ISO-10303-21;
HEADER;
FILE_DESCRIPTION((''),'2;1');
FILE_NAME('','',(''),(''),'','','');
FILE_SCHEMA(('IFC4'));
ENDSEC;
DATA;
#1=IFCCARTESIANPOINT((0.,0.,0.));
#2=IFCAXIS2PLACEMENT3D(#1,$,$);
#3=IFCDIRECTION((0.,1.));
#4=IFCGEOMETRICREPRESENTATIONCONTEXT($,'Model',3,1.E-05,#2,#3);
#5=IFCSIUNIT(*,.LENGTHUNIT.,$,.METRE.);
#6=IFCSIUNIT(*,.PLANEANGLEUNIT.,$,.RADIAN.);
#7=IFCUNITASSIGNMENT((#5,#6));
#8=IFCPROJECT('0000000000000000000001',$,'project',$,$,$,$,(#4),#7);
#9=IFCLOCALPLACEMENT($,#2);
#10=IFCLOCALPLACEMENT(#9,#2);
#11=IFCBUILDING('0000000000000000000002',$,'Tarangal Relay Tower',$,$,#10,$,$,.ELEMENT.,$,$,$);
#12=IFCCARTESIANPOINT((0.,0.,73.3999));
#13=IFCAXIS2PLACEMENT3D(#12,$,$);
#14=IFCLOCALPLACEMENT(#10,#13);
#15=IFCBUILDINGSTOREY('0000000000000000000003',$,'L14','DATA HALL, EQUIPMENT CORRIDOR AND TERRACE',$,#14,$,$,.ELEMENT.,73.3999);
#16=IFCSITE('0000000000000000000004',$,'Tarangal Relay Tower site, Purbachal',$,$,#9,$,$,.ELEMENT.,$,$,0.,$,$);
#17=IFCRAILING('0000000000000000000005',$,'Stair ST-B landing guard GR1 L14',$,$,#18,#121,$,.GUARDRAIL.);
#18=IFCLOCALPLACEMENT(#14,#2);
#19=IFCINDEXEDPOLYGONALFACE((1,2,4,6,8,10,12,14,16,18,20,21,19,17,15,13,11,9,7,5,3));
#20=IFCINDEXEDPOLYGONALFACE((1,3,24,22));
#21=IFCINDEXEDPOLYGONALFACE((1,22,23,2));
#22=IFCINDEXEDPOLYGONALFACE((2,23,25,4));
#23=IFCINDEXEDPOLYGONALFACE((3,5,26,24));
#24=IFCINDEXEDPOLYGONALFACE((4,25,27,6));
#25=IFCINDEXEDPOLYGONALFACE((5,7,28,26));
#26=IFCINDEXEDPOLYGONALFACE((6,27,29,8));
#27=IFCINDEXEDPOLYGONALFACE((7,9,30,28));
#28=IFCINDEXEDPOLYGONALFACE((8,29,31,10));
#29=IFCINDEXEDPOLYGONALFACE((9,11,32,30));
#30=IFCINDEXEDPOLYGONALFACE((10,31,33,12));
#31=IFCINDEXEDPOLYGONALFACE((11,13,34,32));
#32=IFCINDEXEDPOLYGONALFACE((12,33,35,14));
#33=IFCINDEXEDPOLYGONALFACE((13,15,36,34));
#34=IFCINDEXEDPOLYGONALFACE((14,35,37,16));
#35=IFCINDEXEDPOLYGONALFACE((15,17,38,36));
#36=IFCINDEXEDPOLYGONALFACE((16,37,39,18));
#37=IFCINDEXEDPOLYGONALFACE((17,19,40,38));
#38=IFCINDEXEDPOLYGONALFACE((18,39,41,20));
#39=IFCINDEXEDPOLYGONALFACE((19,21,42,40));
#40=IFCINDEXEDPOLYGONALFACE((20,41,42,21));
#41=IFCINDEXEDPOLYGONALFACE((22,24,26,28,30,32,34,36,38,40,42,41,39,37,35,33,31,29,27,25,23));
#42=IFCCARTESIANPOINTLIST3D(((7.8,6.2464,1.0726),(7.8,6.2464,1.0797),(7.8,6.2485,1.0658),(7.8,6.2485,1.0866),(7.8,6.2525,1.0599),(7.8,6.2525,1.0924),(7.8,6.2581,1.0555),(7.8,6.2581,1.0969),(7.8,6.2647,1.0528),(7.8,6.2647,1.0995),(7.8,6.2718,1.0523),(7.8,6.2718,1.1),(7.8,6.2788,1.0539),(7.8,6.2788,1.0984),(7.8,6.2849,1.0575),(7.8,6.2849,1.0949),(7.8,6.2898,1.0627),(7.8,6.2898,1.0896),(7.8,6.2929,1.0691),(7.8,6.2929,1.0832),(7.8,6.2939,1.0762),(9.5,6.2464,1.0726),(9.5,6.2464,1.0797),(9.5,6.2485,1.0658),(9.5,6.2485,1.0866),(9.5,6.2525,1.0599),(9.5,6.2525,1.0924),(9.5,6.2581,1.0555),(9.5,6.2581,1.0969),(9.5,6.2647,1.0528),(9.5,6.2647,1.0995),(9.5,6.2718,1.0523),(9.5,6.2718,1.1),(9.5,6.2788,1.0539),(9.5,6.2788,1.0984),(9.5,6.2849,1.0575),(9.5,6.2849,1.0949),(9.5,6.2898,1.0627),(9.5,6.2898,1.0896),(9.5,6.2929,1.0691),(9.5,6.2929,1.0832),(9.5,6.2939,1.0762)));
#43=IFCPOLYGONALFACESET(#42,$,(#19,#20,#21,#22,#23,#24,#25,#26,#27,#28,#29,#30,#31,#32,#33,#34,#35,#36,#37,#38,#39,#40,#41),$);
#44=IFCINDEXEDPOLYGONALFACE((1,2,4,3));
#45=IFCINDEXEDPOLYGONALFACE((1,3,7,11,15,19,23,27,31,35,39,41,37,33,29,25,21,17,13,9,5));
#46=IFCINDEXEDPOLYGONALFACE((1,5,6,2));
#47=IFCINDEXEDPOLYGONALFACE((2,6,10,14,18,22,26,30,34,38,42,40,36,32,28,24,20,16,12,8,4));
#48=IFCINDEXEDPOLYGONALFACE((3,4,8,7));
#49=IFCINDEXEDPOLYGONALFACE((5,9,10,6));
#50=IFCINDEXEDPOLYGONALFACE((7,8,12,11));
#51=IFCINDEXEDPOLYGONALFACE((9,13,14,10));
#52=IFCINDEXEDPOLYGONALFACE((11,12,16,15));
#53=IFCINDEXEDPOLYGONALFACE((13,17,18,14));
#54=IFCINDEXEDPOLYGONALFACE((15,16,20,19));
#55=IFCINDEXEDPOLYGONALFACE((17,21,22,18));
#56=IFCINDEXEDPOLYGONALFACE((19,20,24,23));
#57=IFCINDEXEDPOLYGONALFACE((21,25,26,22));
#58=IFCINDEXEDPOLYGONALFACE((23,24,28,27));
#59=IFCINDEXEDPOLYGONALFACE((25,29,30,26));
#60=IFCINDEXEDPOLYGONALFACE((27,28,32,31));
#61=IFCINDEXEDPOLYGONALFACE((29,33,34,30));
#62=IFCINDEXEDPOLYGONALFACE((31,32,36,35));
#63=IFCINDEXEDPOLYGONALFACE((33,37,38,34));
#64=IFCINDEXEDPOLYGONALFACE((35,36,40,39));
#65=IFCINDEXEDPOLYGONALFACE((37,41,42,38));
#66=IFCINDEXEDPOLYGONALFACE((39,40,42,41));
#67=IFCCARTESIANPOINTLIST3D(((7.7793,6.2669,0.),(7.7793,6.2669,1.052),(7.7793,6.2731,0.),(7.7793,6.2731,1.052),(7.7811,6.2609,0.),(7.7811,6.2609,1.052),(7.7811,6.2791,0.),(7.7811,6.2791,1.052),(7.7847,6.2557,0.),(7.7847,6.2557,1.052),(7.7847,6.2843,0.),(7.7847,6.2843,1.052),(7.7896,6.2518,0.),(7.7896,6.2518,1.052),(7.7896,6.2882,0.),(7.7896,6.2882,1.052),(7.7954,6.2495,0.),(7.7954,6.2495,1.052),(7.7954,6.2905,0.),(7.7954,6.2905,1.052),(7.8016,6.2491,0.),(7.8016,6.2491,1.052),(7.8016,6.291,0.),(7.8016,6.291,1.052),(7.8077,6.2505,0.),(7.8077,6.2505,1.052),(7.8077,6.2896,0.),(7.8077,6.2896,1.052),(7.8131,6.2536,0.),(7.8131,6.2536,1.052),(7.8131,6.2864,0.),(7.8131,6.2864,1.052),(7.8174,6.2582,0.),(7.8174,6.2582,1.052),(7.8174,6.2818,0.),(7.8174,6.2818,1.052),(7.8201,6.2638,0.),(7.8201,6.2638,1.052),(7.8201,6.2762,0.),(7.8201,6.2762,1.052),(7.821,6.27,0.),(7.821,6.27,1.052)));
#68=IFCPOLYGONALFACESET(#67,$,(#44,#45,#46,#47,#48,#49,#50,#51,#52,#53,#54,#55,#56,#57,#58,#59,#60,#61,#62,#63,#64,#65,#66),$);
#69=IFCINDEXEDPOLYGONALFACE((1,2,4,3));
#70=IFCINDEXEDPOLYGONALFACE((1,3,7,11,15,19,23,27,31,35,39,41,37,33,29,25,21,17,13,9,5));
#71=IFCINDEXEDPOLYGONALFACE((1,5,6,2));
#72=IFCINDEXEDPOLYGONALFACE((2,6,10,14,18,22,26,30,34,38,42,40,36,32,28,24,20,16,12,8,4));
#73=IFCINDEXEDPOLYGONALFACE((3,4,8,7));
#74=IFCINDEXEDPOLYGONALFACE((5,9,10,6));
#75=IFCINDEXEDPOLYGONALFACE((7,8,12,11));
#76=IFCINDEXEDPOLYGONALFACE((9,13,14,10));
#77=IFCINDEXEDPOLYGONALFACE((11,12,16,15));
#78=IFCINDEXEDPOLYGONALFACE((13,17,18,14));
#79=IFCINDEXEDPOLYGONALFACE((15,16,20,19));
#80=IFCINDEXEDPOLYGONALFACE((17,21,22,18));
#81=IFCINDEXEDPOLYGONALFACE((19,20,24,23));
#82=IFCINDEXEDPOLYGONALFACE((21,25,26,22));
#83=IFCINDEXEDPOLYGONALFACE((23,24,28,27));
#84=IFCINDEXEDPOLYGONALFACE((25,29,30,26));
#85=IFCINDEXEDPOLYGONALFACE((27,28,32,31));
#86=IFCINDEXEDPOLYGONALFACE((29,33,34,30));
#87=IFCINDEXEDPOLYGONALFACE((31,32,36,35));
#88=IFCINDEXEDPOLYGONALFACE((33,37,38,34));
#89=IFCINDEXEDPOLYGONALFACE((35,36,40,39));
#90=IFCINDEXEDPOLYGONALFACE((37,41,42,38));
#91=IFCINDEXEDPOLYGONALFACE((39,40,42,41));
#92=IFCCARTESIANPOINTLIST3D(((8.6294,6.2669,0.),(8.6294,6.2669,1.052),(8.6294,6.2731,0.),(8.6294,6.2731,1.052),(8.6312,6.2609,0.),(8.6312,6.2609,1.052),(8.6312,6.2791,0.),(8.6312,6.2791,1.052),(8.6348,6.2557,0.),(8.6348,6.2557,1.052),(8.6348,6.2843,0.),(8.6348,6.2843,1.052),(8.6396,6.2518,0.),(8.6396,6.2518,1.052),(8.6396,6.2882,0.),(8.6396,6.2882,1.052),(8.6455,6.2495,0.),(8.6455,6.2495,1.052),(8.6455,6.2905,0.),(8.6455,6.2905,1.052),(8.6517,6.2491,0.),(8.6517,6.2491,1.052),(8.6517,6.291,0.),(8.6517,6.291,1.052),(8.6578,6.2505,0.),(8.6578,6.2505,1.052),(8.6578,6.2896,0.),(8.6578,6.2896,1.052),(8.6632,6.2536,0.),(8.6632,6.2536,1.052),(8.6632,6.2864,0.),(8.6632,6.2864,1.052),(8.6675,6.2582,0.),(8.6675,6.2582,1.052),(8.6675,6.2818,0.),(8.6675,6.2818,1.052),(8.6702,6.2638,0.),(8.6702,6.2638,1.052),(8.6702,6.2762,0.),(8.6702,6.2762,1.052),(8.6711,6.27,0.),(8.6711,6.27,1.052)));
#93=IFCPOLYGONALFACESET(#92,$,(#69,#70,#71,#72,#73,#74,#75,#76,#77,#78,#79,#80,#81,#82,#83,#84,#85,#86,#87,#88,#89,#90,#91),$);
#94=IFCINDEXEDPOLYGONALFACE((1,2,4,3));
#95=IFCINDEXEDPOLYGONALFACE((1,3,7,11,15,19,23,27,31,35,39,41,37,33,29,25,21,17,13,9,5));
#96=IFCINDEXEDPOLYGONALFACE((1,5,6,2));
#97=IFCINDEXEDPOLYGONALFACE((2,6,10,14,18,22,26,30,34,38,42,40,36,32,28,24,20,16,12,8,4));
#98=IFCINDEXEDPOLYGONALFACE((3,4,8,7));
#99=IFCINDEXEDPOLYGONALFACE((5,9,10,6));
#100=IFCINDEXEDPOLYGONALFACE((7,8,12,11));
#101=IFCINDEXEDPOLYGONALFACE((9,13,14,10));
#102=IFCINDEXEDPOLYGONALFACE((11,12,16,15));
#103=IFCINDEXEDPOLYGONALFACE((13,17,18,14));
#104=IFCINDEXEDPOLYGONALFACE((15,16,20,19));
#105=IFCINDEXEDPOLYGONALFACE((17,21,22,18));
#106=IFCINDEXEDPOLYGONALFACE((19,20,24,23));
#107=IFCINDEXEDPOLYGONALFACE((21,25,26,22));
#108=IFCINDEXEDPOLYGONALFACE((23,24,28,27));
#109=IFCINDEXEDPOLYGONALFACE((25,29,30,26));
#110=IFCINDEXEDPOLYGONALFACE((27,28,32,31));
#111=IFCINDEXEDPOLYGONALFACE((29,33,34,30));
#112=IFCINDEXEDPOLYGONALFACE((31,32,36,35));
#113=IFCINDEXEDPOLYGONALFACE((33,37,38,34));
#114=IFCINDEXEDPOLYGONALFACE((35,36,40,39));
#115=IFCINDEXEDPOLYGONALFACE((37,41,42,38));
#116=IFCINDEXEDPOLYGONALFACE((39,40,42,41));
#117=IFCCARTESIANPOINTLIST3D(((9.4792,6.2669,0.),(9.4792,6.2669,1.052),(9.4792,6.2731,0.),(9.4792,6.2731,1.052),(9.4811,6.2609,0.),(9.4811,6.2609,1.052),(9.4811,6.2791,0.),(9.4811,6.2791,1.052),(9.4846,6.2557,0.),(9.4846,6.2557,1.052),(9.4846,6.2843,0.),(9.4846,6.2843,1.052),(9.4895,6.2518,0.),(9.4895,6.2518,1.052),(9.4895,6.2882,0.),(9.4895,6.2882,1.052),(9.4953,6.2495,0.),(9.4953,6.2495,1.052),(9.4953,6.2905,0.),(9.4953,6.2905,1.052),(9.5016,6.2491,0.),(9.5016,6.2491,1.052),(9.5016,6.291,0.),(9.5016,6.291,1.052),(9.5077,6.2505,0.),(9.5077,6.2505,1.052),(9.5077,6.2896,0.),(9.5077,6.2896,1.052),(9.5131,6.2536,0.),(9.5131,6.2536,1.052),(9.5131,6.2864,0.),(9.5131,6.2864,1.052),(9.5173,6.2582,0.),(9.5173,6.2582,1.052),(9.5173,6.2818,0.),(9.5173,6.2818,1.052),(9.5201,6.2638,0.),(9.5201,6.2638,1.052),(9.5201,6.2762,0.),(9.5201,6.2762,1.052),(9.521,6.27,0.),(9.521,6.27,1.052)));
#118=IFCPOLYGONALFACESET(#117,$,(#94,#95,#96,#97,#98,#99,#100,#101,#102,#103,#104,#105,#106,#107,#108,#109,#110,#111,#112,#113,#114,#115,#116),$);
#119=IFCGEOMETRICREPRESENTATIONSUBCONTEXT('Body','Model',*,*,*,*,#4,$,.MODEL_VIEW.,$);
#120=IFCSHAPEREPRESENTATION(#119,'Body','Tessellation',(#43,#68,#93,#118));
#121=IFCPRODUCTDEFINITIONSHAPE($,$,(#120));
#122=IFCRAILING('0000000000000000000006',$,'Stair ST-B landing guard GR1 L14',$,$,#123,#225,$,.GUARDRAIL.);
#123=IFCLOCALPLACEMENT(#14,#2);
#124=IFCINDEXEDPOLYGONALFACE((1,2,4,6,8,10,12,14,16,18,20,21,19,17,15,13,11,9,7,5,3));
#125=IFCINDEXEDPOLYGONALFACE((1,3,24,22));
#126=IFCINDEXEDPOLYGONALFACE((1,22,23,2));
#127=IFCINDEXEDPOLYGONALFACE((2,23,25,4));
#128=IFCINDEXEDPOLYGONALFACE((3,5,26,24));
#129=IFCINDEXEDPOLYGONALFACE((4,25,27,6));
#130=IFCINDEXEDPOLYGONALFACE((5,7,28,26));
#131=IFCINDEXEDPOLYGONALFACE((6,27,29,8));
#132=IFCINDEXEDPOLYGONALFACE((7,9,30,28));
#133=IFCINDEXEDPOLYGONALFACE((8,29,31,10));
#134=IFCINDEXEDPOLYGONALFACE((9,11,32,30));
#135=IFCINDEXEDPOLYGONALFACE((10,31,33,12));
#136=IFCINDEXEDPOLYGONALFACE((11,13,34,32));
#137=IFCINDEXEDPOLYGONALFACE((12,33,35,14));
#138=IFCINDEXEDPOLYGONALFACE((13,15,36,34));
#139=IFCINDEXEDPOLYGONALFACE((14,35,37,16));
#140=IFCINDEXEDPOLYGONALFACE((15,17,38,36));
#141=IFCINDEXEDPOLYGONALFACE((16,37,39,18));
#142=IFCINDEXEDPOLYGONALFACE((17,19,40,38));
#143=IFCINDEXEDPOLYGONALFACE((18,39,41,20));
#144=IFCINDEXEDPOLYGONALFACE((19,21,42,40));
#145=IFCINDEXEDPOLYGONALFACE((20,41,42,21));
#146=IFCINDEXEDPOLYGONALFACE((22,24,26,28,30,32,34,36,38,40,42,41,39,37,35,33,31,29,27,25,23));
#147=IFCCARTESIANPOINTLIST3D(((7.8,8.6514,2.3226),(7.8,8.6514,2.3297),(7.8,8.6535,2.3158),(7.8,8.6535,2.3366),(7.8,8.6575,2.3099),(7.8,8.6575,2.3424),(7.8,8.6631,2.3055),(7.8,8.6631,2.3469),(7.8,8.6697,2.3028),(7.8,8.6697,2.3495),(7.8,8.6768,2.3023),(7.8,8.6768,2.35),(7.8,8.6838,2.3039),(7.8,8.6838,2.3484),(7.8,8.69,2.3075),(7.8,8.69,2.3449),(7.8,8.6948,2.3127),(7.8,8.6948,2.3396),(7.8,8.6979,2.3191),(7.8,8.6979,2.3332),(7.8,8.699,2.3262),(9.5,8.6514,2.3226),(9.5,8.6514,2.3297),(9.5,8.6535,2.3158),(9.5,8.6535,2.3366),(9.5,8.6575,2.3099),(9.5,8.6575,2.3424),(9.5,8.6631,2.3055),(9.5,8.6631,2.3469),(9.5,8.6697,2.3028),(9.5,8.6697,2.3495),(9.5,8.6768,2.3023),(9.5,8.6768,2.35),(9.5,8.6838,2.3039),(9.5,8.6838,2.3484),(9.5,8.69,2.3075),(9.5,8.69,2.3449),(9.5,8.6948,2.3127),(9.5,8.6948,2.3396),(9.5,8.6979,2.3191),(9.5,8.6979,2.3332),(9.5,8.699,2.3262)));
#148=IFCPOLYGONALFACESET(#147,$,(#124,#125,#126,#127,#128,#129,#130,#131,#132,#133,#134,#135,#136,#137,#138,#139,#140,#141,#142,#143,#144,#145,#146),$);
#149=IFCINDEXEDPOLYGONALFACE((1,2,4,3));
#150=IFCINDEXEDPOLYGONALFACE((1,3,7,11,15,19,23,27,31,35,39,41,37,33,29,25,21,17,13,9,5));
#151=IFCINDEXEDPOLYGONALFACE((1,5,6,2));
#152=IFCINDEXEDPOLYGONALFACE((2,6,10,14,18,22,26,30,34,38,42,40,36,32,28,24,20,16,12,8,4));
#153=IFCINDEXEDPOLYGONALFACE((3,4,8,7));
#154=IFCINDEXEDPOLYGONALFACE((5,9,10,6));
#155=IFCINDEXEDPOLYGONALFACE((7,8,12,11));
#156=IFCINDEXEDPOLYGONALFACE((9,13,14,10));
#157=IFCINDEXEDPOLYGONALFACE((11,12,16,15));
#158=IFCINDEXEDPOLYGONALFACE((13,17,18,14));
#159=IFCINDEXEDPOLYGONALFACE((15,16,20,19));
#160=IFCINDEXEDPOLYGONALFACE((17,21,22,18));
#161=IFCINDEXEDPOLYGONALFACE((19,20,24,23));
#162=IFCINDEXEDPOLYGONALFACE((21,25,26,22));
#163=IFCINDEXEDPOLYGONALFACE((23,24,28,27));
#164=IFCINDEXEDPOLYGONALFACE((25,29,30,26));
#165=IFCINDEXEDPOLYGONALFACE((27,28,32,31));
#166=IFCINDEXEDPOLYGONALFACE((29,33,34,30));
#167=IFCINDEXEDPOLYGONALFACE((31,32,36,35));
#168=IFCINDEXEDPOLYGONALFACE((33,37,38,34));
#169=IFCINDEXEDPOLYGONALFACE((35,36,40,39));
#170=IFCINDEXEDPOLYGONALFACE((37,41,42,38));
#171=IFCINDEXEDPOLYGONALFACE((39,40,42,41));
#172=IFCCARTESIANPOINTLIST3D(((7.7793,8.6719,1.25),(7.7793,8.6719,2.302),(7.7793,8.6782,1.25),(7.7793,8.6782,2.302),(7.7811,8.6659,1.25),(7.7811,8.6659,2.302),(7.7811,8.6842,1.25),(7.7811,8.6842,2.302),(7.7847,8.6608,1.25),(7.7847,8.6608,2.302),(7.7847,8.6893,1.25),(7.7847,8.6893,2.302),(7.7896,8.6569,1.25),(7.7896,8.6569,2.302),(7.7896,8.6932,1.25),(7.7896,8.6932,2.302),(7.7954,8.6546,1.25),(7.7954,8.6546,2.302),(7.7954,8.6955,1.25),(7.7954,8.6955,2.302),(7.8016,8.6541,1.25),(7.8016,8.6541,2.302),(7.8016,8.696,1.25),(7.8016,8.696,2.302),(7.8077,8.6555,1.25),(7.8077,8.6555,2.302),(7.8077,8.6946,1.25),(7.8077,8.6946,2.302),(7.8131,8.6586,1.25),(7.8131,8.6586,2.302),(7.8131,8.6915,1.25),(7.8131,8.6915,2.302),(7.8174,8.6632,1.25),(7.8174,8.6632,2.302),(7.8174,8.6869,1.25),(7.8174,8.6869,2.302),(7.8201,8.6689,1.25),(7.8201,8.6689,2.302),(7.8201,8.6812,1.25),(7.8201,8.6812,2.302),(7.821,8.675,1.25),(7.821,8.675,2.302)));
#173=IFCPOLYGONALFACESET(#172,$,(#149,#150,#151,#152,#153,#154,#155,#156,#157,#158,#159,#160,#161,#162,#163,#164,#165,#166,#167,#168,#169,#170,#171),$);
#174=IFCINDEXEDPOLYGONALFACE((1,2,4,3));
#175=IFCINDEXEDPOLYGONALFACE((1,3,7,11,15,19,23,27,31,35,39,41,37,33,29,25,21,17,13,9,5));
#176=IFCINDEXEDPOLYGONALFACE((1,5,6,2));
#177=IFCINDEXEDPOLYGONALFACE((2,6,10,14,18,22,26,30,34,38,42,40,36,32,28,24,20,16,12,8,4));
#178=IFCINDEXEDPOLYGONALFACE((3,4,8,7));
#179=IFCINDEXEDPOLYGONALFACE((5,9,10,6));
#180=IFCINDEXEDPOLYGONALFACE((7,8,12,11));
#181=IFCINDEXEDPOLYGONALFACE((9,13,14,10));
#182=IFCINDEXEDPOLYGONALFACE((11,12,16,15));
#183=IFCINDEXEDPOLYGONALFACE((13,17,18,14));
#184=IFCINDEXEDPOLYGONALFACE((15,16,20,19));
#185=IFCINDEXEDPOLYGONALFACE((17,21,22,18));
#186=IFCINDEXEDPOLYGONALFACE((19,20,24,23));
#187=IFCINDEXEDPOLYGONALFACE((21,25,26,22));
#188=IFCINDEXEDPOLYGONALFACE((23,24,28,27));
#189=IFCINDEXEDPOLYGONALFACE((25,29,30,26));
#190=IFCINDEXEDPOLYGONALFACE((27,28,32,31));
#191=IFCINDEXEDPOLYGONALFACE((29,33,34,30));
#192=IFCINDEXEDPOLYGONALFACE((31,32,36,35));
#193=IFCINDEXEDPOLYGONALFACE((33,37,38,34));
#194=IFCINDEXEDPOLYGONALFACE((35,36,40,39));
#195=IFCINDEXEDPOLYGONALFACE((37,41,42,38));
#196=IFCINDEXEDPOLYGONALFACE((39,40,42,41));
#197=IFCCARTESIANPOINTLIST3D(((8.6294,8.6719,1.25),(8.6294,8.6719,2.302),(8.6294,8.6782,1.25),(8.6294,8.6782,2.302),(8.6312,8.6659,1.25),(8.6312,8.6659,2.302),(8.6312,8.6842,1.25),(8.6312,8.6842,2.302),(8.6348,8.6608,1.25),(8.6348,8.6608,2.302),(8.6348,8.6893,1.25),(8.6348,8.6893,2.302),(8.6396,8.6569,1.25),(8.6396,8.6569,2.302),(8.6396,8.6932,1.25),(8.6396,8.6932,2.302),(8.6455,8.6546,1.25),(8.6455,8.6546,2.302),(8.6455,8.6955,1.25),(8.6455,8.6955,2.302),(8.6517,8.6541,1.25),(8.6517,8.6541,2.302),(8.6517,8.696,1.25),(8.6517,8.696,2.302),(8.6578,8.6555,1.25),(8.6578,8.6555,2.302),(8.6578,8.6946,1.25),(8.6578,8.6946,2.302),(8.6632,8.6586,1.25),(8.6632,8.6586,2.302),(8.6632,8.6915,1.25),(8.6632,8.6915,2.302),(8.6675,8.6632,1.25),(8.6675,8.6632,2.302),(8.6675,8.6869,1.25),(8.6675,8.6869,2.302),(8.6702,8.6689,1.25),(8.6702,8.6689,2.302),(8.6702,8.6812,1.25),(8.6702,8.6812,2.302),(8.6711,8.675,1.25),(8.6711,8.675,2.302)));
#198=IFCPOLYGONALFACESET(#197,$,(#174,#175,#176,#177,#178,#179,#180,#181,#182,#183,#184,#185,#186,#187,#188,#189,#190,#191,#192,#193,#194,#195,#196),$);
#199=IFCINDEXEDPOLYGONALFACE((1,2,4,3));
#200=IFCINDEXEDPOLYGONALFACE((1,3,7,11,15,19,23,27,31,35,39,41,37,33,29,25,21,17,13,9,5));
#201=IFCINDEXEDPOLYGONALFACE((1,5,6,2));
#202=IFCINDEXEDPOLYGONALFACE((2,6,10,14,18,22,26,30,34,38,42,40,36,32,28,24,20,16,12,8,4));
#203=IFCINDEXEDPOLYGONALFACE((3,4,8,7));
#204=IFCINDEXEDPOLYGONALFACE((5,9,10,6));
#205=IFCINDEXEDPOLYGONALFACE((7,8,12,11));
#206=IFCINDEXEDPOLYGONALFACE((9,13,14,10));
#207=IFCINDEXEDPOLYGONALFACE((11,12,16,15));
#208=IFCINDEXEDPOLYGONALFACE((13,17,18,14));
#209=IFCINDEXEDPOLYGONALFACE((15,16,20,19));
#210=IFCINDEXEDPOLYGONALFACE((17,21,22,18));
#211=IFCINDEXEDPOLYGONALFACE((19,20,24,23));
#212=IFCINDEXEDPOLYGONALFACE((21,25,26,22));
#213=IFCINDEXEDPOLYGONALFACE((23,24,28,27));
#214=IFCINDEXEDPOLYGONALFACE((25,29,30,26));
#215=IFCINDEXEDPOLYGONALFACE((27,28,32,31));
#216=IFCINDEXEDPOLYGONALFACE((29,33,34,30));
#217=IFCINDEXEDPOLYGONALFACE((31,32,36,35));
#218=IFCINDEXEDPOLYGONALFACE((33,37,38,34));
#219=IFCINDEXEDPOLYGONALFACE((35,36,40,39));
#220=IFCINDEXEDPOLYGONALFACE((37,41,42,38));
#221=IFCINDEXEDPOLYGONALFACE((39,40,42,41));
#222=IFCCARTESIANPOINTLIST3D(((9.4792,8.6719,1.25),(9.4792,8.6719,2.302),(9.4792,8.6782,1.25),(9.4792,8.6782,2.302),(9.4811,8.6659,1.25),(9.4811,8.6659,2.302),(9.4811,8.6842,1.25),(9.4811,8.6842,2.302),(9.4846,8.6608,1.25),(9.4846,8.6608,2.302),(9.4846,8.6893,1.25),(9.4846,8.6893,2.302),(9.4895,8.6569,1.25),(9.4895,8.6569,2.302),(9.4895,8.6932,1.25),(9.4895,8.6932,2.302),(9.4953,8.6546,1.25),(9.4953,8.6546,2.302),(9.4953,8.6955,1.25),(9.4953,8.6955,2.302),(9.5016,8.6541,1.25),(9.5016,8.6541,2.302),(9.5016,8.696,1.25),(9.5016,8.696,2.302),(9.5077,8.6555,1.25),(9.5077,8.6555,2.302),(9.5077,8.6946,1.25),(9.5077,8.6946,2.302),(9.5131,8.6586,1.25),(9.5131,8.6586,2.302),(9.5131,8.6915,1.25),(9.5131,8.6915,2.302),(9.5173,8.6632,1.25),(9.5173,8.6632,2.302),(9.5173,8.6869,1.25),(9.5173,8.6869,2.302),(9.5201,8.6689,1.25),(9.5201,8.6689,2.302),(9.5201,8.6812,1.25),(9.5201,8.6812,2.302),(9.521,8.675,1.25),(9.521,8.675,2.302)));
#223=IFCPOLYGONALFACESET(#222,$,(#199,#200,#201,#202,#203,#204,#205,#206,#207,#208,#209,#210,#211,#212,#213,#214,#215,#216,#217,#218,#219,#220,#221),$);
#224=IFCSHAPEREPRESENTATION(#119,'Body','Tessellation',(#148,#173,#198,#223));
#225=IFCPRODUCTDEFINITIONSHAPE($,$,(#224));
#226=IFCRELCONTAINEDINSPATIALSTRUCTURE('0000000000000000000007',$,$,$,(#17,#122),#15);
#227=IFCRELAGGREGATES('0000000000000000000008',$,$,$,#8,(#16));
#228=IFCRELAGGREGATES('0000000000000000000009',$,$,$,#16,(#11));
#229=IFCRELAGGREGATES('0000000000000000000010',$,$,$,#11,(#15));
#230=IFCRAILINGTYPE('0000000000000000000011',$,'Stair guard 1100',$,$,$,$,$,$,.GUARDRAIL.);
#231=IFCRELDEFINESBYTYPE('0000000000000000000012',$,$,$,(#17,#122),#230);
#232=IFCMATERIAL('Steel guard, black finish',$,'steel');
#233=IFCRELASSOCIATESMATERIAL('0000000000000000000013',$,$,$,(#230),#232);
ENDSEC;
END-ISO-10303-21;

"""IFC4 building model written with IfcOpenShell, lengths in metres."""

from ifc_helpers import new_model, si_unit, direction, frame, origin, origin_2d, place, context, subcontext, project, spatial, circle, extrude, material, type_object, element, save


model = new_model("IFC4")

# Units and contexts
model_context = context("Model", 3, precision=1e-05, world=origin(), true_north=direction((0.0, 1.0)))
body_context = subcontext(model_context, "Body", "Model", "MODEL_VIEW")
ifc_project = project(units=[si_unit("LENGTHUNIT", "METRE"), si_unit("PLANEANGLEUNIT", "RADIAN")], contexts=[model_context])

# Site, building, storey
site_placement = place(None, origin())
site = spatial("IfcSite", under=ifc_project, at=site_placement, Name="Tarangal Relay Tower site, Purbachal", CompositionType="ELEMENT", RefElevation=0.0)
building_placement = place(site_placement, origin())
building = spatial("IfcBuilding", under=site, at=building_placement, Name="Tarangal Relay Tower", CompositionType="ELEMENT")
storey_placement = place(building_placement, frame((0.0, 0.0, 73.3999)))
storey = spatial("IfcBuildingStorey", under=building, at=storey_placement, Name="L14", Description="DATA HALL, EQUIPMENT CORRIDOR AND TERRACE", CompositionType="ELEMENT", Elevation=73.3999)

# Railings
ifc_material_1 = material(Name="Steel guard, black finish", Category="steel")
railing_type_1 = type_object("IfcRailingType", Name="Stair guard 1100", PredefinedType="GUARDRAIL", material=ifc_material_1)
for number, where, name in (
    (1, (7.8, 6.27, 0.0), "Stair ST-B landing guard GR1 L14"),
    (2, (7.8, 8.675, 1.25), "Stair ST-B landing guard GR1 L14"),
):
    element("IfcRailing", number, at=place(storey_placement, frame(where)), inside=storey, type_object=railing_type_1, Name=name, PredefinedType="GUARDRAIL", context=body_context, shape_type="SweptSolid", body=[
        extrude(circle(Radius=0.0239, at=origin_2d()), frame((0.0, 0.0, 1.0762), z_axis=(1.0, 0.0, 0.0), x_axis=(0.0, 1.0, 0.0)), (0.0, 0.0, 1.0), 1.7),
        extrude(circle(Radius=0.021, at=origin_2d()), origin(), (0.0, 0.0, 1.0), 1.052),
        extrude(circle(Radius=0.021, at=origin_2d()), frame((0.8501, 0.0, 0.0)), (0.0, 0.0, 1.0), 1.052),
        extrude(circle(Radius=0.021, at=origin_2d()), frame((1.7, 0.0, 0.0)), (0.0, 0.0, 1.0), 1.052),
    ])

save(model, "model.ifc")
